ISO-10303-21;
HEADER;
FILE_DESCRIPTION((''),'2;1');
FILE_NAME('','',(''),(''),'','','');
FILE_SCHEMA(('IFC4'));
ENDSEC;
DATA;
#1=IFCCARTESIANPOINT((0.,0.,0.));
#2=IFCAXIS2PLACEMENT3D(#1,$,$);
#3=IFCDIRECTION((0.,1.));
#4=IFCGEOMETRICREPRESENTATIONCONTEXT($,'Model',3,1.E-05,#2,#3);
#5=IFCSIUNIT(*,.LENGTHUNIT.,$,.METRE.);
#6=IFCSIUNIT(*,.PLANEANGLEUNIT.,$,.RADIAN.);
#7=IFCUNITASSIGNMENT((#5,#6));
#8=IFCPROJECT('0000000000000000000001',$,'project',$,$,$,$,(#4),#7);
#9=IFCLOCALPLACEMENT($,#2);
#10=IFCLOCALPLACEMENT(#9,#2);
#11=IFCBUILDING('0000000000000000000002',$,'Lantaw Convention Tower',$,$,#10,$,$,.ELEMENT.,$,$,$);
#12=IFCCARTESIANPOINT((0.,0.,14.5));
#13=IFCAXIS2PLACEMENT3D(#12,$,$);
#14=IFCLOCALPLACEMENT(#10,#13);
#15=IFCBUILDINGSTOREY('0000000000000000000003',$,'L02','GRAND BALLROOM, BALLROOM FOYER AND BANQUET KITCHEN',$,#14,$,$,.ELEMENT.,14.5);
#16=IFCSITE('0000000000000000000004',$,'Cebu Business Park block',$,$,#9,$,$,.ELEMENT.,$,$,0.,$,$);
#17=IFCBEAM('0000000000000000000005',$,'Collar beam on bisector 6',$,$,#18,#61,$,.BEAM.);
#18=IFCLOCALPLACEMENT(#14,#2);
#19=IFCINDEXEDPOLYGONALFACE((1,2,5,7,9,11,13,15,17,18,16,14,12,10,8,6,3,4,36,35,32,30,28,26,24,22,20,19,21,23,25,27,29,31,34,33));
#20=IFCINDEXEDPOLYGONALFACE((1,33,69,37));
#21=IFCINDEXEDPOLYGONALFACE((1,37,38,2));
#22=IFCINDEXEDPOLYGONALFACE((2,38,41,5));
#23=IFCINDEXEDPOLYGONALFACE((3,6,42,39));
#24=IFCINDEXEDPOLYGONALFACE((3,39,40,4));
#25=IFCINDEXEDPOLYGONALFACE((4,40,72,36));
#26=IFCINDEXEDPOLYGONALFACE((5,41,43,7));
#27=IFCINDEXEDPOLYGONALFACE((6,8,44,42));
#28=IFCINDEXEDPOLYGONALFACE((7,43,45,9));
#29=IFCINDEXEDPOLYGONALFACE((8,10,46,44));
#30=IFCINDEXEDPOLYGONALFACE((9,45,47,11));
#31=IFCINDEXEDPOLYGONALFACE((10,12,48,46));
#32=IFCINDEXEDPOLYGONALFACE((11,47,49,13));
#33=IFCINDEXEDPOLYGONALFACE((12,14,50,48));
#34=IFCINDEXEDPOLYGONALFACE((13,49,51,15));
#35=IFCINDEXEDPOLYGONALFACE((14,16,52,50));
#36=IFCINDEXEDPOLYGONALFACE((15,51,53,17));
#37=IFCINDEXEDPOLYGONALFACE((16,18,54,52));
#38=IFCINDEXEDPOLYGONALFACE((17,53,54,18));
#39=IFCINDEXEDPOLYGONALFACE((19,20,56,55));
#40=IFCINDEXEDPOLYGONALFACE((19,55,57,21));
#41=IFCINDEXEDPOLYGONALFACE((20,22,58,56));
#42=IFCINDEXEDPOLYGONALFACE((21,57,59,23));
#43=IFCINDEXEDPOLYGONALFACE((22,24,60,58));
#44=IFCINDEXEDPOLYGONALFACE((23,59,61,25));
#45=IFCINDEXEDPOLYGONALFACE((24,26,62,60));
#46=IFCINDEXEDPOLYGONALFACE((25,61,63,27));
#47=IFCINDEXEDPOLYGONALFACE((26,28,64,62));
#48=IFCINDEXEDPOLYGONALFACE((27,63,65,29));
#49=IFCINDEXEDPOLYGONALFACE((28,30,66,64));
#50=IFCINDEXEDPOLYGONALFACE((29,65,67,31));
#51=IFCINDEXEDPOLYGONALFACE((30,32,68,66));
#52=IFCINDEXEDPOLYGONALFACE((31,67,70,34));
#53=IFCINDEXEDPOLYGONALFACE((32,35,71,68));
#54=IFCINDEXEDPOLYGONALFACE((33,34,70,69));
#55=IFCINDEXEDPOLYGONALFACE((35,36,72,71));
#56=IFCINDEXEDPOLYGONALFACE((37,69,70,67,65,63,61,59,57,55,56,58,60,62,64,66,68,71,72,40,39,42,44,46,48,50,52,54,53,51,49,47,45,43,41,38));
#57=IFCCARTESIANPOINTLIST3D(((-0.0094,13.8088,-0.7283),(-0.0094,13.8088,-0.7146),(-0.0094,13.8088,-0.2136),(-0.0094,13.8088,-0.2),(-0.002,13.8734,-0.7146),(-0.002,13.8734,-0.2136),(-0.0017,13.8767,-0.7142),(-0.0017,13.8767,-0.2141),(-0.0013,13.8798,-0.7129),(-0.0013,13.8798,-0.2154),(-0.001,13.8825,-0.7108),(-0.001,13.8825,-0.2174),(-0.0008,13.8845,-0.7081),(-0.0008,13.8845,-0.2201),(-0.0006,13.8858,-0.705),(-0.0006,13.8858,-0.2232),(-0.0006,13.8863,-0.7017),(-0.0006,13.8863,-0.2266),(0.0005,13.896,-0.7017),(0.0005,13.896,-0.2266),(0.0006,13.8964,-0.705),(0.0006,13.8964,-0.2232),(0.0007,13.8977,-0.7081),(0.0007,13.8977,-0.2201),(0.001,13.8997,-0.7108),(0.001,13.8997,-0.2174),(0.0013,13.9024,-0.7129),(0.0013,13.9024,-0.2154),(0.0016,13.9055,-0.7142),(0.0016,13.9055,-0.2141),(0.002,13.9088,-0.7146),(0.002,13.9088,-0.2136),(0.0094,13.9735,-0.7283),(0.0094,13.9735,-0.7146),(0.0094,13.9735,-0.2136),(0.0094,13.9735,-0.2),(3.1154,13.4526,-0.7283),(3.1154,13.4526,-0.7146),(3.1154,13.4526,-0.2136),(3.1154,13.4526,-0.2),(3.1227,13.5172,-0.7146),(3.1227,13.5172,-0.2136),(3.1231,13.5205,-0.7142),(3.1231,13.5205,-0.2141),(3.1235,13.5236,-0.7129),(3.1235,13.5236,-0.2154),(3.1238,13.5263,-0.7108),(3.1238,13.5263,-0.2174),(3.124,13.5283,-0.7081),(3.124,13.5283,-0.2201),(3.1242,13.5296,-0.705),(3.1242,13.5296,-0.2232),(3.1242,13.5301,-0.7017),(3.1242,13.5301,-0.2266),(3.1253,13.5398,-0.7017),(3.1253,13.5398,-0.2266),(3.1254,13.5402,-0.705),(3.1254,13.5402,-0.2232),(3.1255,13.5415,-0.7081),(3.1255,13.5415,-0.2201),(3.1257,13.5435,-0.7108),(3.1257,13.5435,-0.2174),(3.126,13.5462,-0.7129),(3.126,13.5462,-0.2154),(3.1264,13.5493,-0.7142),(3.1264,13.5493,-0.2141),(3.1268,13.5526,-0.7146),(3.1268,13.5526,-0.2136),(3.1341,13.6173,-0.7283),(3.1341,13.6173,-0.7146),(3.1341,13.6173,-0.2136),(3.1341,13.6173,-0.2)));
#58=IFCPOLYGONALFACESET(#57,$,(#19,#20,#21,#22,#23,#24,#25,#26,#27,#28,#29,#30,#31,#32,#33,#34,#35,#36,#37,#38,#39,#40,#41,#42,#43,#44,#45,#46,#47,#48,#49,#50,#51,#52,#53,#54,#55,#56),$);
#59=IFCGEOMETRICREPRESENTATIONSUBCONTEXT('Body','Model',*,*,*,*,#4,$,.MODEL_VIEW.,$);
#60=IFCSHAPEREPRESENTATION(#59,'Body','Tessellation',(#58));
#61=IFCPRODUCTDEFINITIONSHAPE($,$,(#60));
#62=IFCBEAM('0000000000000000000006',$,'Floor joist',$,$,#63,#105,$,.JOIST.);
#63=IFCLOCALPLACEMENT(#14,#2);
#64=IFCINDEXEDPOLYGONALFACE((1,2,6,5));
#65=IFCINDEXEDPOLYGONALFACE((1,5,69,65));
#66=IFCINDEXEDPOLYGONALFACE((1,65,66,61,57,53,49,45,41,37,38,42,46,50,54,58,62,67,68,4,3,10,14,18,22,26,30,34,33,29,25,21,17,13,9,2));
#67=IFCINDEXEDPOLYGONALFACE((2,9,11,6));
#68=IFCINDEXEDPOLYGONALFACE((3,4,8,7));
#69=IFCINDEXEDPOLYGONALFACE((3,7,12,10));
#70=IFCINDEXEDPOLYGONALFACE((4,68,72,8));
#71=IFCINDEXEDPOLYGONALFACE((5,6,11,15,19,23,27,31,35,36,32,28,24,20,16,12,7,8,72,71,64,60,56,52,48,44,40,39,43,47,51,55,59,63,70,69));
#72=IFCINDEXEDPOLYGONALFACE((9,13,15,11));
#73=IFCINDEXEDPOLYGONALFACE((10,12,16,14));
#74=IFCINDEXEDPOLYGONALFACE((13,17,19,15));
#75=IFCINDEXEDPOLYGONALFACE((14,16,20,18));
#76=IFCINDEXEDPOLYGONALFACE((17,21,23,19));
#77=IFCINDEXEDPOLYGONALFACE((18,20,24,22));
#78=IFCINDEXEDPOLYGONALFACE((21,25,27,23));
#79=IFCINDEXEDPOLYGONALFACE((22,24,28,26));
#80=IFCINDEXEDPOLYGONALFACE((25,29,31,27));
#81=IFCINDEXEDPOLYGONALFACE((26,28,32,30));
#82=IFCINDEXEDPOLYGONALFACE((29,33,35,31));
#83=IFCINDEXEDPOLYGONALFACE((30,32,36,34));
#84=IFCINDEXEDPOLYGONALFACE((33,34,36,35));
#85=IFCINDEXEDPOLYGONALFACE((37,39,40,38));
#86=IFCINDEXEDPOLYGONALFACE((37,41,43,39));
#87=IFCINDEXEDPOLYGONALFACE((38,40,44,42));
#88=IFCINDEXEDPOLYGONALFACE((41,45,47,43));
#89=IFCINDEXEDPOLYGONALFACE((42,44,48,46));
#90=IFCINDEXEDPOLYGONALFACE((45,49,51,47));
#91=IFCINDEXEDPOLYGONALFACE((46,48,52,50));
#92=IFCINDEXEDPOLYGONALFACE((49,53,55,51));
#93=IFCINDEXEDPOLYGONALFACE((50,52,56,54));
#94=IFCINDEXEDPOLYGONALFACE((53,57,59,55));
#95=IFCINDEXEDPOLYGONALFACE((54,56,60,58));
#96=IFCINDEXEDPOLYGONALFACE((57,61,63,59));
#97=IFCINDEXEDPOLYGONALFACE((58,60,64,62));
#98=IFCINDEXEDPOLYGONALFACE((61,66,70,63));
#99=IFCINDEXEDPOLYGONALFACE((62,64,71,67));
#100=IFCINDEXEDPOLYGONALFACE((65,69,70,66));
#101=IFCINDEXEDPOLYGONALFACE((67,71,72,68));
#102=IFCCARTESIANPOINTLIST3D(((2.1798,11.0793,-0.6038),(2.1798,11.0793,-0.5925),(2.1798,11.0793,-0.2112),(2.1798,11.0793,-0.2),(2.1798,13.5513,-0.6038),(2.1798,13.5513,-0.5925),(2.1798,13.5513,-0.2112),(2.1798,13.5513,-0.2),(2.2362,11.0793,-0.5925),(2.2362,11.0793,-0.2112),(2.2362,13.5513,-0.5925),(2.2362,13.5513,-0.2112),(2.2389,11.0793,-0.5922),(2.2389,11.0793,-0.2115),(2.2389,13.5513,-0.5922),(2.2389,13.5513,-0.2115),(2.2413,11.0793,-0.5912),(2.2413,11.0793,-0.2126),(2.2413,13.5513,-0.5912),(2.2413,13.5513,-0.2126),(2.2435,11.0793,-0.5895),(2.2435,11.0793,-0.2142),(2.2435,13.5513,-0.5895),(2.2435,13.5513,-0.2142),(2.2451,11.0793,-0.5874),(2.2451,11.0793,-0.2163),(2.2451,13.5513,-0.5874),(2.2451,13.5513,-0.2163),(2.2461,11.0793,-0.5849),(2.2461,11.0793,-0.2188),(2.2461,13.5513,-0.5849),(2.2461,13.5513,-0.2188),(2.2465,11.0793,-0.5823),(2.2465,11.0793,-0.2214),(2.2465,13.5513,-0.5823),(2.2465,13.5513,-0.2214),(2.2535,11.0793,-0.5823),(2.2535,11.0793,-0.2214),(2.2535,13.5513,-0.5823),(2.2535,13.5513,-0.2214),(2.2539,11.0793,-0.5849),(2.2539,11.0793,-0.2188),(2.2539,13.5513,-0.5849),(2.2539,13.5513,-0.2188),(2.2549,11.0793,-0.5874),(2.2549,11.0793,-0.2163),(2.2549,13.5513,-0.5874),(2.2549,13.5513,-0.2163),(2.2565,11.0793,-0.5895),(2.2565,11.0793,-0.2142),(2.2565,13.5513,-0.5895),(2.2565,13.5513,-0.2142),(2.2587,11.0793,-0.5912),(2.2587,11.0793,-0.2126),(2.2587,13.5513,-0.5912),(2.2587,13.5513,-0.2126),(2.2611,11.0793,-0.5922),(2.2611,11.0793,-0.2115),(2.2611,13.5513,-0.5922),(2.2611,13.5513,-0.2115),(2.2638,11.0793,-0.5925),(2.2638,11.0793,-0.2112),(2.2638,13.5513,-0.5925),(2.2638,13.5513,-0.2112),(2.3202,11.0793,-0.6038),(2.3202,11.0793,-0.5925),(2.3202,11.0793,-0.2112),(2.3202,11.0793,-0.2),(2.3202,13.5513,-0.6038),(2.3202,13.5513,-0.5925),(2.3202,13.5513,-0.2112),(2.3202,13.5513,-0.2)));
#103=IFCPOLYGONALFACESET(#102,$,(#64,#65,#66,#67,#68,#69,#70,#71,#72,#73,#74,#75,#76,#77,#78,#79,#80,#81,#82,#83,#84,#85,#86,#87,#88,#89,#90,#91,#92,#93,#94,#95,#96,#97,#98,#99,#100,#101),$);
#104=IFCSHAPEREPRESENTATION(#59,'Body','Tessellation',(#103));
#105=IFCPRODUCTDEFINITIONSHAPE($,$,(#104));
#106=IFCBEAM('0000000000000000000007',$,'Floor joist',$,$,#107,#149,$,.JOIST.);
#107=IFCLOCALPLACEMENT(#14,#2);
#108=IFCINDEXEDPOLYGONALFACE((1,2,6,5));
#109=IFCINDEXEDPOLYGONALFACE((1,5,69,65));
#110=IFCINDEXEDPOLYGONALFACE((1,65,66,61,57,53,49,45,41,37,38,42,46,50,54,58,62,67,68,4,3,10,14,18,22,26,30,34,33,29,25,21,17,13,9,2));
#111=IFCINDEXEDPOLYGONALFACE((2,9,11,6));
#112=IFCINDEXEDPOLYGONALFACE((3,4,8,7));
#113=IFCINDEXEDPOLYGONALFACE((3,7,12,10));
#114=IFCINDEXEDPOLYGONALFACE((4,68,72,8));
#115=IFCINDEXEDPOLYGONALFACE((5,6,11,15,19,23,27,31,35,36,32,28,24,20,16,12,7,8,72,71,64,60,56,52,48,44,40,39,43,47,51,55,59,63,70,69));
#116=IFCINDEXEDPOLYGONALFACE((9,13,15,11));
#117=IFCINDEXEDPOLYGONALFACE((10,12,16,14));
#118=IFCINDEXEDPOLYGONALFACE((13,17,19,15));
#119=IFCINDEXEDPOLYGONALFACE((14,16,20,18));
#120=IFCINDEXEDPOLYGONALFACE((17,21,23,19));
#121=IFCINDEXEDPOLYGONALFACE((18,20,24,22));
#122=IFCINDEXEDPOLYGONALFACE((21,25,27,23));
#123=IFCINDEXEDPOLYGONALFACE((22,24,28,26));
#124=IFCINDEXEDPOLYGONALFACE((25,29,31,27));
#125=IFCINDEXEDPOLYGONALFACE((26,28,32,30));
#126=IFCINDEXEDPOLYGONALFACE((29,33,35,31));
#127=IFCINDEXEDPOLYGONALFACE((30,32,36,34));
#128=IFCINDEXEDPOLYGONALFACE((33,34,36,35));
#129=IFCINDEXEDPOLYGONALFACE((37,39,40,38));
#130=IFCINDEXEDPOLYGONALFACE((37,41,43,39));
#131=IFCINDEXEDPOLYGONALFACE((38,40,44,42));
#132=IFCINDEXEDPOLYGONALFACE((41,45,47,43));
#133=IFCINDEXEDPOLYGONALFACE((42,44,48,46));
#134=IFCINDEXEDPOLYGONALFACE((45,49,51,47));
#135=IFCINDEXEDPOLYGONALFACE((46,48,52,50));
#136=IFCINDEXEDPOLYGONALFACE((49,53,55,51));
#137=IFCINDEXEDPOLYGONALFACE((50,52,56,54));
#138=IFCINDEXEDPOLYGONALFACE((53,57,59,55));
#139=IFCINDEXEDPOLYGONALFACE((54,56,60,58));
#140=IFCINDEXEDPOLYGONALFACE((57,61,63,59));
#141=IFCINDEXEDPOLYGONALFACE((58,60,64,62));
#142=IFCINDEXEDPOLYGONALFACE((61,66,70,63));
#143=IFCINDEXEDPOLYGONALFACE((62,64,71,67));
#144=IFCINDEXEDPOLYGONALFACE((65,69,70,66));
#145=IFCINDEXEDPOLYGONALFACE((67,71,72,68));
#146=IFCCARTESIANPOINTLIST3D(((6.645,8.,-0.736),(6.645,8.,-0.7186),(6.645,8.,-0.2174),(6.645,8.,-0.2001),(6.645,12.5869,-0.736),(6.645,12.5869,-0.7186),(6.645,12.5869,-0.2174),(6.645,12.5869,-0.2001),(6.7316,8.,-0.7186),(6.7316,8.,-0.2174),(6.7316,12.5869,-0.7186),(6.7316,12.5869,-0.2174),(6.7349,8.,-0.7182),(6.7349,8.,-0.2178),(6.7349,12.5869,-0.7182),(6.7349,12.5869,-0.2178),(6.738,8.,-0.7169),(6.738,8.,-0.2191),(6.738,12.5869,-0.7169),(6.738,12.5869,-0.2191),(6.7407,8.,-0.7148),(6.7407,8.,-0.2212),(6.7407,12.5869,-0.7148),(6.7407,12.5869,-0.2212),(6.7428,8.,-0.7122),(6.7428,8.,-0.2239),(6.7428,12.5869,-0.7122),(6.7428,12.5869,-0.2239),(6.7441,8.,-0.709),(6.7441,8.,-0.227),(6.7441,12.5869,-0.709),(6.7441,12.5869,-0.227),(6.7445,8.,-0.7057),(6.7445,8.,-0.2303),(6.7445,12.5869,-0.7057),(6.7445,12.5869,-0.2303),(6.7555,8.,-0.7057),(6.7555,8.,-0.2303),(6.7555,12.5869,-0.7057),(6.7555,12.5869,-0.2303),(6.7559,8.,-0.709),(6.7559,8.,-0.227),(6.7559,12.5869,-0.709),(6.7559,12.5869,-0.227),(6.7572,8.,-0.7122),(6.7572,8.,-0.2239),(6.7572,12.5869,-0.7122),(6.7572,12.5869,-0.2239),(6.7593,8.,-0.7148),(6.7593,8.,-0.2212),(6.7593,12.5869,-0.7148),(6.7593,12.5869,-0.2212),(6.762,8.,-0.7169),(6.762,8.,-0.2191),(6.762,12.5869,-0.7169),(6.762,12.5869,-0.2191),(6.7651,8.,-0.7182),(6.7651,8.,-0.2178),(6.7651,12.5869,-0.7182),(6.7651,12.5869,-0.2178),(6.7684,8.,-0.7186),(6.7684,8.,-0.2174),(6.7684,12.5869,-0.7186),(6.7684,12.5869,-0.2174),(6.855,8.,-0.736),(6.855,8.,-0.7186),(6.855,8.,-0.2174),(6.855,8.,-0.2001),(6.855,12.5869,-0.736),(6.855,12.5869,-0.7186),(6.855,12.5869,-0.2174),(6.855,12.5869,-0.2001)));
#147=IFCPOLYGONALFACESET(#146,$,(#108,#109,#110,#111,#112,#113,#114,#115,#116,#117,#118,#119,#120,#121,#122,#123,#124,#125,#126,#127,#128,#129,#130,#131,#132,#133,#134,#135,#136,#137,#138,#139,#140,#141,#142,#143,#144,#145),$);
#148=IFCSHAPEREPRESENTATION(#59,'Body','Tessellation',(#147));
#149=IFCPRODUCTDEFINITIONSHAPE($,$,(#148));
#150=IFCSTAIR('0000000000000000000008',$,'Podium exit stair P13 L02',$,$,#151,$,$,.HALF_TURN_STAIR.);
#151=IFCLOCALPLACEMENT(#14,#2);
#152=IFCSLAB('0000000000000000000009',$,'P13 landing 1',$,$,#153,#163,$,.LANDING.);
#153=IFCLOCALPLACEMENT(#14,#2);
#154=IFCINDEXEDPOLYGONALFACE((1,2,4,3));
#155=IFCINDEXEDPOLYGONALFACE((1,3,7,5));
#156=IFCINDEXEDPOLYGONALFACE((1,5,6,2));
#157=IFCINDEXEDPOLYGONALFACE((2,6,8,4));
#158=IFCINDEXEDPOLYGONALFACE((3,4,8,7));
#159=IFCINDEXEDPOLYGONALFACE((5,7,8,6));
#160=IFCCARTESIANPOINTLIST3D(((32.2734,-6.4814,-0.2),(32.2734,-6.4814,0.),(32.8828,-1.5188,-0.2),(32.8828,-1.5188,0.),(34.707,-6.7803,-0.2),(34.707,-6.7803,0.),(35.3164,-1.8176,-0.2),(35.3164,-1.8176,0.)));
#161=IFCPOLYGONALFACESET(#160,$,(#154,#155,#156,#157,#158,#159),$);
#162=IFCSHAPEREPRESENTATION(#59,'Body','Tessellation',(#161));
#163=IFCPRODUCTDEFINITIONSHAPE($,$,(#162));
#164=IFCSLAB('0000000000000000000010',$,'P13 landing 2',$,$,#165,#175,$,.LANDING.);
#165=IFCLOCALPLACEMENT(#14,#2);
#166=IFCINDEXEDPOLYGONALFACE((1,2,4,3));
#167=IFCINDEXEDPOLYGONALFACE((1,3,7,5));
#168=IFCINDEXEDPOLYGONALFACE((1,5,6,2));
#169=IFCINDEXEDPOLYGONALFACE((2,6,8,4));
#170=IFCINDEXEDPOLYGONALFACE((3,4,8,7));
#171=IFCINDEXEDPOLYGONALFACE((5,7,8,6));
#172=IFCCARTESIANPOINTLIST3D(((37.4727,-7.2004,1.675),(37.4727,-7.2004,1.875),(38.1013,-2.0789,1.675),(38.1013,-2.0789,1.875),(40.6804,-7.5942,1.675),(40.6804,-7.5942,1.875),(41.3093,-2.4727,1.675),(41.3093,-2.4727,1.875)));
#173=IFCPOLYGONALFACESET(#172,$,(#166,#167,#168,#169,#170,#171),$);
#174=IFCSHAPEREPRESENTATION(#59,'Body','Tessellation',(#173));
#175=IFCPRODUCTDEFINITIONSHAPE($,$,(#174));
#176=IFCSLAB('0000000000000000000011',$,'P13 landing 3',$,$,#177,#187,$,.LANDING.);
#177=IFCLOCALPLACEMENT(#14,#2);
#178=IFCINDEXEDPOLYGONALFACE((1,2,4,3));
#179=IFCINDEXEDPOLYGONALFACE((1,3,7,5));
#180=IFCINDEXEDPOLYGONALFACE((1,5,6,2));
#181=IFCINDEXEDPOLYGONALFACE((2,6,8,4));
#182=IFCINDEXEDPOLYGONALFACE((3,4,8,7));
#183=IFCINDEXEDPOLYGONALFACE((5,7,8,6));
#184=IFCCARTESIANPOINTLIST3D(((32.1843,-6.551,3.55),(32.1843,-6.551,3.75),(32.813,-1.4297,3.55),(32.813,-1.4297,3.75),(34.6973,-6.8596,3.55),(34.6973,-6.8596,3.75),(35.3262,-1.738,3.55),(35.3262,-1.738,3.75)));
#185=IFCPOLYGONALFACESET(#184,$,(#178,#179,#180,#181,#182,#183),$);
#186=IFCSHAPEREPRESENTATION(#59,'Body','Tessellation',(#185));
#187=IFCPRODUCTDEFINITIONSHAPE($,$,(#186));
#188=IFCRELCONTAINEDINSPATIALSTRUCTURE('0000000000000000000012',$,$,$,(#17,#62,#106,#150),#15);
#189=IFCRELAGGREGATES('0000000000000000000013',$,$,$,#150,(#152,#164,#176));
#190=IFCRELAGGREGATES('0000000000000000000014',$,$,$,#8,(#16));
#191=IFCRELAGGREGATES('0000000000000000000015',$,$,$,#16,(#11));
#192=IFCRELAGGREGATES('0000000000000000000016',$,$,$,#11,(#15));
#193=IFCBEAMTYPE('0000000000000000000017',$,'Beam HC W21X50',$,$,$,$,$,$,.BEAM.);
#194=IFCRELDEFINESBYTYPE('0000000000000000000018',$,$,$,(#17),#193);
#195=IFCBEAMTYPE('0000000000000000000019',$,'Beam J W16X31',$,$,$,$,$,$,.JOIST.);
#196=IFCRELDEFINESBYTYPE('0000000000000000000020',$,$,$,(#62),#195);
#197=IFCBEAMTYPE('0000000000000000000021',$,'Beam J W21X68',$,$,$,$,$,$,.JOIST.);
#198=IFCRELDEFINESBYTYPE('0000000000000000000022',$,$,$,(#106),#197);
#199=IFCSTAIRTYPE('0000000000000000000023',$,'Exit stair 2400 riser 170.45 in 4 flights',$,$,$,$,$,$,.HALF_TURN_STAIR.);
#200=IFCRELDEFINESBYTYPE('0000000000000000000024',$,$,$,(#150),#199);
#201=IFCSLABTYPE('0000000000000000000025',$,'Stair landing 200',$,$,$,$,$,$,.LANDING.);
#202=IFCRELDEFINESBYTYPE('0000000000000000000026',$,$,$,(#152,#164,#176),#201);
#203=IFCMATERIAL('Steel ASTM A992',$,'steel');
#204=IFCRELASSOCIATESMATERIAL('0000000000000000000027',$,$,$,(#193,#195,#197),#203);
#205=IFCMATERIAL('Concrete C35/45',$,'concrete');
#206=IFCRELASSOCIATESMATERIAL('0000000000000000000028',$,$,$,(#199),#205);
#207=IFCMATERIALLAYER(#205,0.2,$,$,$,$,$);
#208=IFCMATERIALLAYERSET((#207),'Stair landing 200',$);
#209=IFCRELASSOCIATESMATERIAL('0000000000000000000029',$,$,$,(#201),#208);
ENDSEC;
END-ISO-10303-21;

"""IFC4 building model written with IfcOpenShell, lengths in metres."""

from ifc_helpers import new_model, si_unit, direction, frame, origin, origin_2d, place, context, subcontext, project, spatial, polyline, i_section, outline, extrude, material, layer, layer_set, material_profile, profile_set, type_object, element, aggregate, save


model = new_model("IFC4")

# Units and contexts
model_context = context("Model", 3, precision=1e-05, world=origin(), true_north=direction((0.0, 1.0)))
body_context = subcontext(model_context, "Body", "Model", "MODEL_VIEW")
ifc_project = project(units=[si_unit("LENGTHUNIT", "METRE"), si_unit("PLANEANGLEUNIT", "RADIAN")], contexts=[model_context])

# Site, building, storey
site_placement = place(None, origin())
site = spatial("IfcSite", under=ifc_project, at=site_placement, Name="Cebu Business Park block", CompositionType="ELEMENT", RefElevation=0.0)
building_placement = place(site_placement, origin())
building = spatial("IfcBuilding", under=site, at=building_placement, Name="Lantaw Convention Tower", CompositionType="ELEMENT")
storey_placement = place(building_placement, frame((0.0, 0.0, 14.5)))
storey = spatial("IfcBuildingStorey", under=building, at=storey_placement, Name="L02", Description="GRAND BALLROOM, BALLROOM FOYER AND BANQUET KITCHEN", CompositionType="ELEMENT", Elevation=14.5)

# Beams
ifc_material_1 = material(Name="Steel ASTM A992", Category="steel")
ifc_material_profile_1 = material_profile(ifc_material_1, i_section(OverallWidth=0.1658, OverallDepth=0.5283, WebThickness=0.0098, FlangeThickness=0.0137, FilletRadius=0.0129, at=origin_2d()), Name="W21X50")
ifc_profile_set_1 = profile_set([ifc_material_profile_1], Name="Steel ASTM A992")
beam_type_1 = type_object("IfcBeamType", Name="Beam HC W21X50", PredefinedType="BEAM", material=ifc_profile_set_1)
beam_1_placement = place(storey_placement, frame((3.1248, 13.5349, -0.4641), z_axis=(-0.993565, 0.11326, 0.0), x_axis=(-0.11326, -0.993565, 0.0)))
element("IfcBeam", 1, at=beam_1_placement, inside=storey, type_object=beam_type_1, Name="Collar beam on bisector 6", PredefinedType="BEAM", context=body_context, shape_type="SweptSolid", body=[
    extrude(i_section(OverallWidth=0.1658, OverallDepth=0.5283, WebThickness=0.0098, FlangeThickness=0.0137, FilletRadius=0.0129, at=origin_2d()), origin(), (0.0, 0.0, 1.0), 3.145),
])
ifc_material_profile_2 = material_profile(ifc_material_1, i_section(OverallWidth=0.1404, OverallDepth=0.4038, WebThickness=0.0071, FlangeThickness=0.0112, FilletRadius=0.0103, at=origin_2d()), Name="W16X31")
ifc_profile_set_2 = profile_set([ifc_material_profile_2], Name="Steel ASTM A992")
beam_type_2 = type_object("IfcBeamType", Name="Beam J W16X31", PredefinedType="JOIST", material=ifc_profile_set_2)
beam_2_placement = place(storey_placement, frame((2.25, 11.0793, -0.4019), z_axis=(0.0, 1.0, 0.0), x_axis=(-1.0, 0.0, 0.0)))
element("IfcBeam", 2, at=beam_2_placement, inside=storey, type_object=beam_type_2, Name="Floor joist", PredefinedType="JOIST", context=body_context, shape_type="SweptSolid", body=[
    extrude(i_section(OverallWidth=0.1404, OverallDepth=0.4038, WebThickness=0.0071, FlangeThickness=0.0112, FilletRadius=0.0103, at=origin_2d()), origin(), (0.0, 0.0, 1.0), 2.4719),
])
ifc_material_profile_3 = material_profile(ifc_material_1, i_section(OverallWidth=0.21, OverallDepth=0.5359, WebThickness=0.011, FlangeThickness=0.0173, FilletRadius=0.0129, at=origin_2d()), Name="W21X68")
ifc_profile_set_3 = profile_set([ifc_material_profile_3], Name="Steel ASTM A992")
beam_type_3 = type_object("IfcBeamType", Name="Beam J W21X68", PredefinedType="JOIST", material=ifc_profile_set_3)
beam_3_placement = place(storey_placement, frame((6.75, 8.0, -0.468), z_axis=(0.0, 1.0, 0.0), x_axis=(-1.0, 0.0, 0.0)))
element("IfcBeam", 3, at=beam_3_placement, inside=storey, type_object=beam_type_3, Name="Floor joist", PredefinedType="JOIST", context=body_context, shape_type="SweptSolid", body=[
    extrude(i_section(OverallWidth=0.21, OverallDepth=0.5359, WebThickness=0.011, FlangeThickness=0.0173, FilletRadius=0.0129, at=origin_2d()), origin(), (0.0, 0.0, 1.0), 4.5869),
])

# Stair, slabs
ifc_material_2 = material(Name="Concrete C35/45", Category="concrete")
stair_type = type_object("IfcStairType", Name="Exit stair 2400 riser 170.45 in 4 flights", PredefinedType="HALF_TURN_STAIR", material=ifc_material_2)
stair_placement = place(storey_placement, origin())
stair = element("IfcStair", 4, at=stair_placement, inside=storey, type_object=stair_type, Name="Podium exit stair P13 L02", PredefinedType="HALF_TURN_STAIR")
ifc_layer_1 = layer(ifc_material_2, 0.2)
ifc_layer_set_1 = layer_set([ifc_layer_1], Name="Stair landing 200")
slab_type = type_object("IfcSlabType", Name="Stair landing 200", PredefinedType="LANDING", material=ifc_layer_set_1)
slab_1_placement = place(storey_placement, frame((0.0, 0.0, -0.2)))
slab_1 = element("IfcSlab", 5, at=slab_1_placement, type_object=slab_type, Name="P13 landing 1", PredefinedType="LANDING", context=body_context, shape_type="SweptSolid", body=[
    extrude(outline(polyline([(32.2734, -6.4814), (34.707, -6.7803), (35.3164, -1.8176), (32.8828, -1.5188), (32.2734, -6.4814)])), origin(), (0.0, 0.0, 1.0), 0.2),
])
slab_2_placement = place(storey_placement, frame((0.0, 0.0, 1.675)))
slab_2 = element("IfcSlab", 6, at=slab_2_placement, type_object=slab_type, Name="P13 landing 2", PredefinedType="LANDING", context=body_context, shape_type="SweptSolid", body=[
    extrude(outline(polyline([(37.4727, -7.2004), (40.6804, -7.5942), (41.3093, -2.4727), (38.1013, -2.0789), (37.4727, -7.2004)])), origin(), (0.0, 0.0, 1.0), 0.2),
])
slab_3_placement = place(storey_placement, frame((0.0, 0.0, 3.55)))
slab_3 = element("IfcSlab", 7, at=slab_3_placement, type_object=slab_type, Name="P13 landing 3", PredefinedType="LANDING", context=body_context, shape_type="SweptSolid", body=[
    extrude(outline(polyline([(32.1843, -6.551), (34.6973, -6.8596), (35.3262, -1.738), (32.813, -1.4297), (32.1843, -6.551)])), origin(), (0.0, 0.0, 1.0), 0.2),
])
aggregate(stair, [slab_1, slab_2, slab_3])

save(model, "model.ifc")
